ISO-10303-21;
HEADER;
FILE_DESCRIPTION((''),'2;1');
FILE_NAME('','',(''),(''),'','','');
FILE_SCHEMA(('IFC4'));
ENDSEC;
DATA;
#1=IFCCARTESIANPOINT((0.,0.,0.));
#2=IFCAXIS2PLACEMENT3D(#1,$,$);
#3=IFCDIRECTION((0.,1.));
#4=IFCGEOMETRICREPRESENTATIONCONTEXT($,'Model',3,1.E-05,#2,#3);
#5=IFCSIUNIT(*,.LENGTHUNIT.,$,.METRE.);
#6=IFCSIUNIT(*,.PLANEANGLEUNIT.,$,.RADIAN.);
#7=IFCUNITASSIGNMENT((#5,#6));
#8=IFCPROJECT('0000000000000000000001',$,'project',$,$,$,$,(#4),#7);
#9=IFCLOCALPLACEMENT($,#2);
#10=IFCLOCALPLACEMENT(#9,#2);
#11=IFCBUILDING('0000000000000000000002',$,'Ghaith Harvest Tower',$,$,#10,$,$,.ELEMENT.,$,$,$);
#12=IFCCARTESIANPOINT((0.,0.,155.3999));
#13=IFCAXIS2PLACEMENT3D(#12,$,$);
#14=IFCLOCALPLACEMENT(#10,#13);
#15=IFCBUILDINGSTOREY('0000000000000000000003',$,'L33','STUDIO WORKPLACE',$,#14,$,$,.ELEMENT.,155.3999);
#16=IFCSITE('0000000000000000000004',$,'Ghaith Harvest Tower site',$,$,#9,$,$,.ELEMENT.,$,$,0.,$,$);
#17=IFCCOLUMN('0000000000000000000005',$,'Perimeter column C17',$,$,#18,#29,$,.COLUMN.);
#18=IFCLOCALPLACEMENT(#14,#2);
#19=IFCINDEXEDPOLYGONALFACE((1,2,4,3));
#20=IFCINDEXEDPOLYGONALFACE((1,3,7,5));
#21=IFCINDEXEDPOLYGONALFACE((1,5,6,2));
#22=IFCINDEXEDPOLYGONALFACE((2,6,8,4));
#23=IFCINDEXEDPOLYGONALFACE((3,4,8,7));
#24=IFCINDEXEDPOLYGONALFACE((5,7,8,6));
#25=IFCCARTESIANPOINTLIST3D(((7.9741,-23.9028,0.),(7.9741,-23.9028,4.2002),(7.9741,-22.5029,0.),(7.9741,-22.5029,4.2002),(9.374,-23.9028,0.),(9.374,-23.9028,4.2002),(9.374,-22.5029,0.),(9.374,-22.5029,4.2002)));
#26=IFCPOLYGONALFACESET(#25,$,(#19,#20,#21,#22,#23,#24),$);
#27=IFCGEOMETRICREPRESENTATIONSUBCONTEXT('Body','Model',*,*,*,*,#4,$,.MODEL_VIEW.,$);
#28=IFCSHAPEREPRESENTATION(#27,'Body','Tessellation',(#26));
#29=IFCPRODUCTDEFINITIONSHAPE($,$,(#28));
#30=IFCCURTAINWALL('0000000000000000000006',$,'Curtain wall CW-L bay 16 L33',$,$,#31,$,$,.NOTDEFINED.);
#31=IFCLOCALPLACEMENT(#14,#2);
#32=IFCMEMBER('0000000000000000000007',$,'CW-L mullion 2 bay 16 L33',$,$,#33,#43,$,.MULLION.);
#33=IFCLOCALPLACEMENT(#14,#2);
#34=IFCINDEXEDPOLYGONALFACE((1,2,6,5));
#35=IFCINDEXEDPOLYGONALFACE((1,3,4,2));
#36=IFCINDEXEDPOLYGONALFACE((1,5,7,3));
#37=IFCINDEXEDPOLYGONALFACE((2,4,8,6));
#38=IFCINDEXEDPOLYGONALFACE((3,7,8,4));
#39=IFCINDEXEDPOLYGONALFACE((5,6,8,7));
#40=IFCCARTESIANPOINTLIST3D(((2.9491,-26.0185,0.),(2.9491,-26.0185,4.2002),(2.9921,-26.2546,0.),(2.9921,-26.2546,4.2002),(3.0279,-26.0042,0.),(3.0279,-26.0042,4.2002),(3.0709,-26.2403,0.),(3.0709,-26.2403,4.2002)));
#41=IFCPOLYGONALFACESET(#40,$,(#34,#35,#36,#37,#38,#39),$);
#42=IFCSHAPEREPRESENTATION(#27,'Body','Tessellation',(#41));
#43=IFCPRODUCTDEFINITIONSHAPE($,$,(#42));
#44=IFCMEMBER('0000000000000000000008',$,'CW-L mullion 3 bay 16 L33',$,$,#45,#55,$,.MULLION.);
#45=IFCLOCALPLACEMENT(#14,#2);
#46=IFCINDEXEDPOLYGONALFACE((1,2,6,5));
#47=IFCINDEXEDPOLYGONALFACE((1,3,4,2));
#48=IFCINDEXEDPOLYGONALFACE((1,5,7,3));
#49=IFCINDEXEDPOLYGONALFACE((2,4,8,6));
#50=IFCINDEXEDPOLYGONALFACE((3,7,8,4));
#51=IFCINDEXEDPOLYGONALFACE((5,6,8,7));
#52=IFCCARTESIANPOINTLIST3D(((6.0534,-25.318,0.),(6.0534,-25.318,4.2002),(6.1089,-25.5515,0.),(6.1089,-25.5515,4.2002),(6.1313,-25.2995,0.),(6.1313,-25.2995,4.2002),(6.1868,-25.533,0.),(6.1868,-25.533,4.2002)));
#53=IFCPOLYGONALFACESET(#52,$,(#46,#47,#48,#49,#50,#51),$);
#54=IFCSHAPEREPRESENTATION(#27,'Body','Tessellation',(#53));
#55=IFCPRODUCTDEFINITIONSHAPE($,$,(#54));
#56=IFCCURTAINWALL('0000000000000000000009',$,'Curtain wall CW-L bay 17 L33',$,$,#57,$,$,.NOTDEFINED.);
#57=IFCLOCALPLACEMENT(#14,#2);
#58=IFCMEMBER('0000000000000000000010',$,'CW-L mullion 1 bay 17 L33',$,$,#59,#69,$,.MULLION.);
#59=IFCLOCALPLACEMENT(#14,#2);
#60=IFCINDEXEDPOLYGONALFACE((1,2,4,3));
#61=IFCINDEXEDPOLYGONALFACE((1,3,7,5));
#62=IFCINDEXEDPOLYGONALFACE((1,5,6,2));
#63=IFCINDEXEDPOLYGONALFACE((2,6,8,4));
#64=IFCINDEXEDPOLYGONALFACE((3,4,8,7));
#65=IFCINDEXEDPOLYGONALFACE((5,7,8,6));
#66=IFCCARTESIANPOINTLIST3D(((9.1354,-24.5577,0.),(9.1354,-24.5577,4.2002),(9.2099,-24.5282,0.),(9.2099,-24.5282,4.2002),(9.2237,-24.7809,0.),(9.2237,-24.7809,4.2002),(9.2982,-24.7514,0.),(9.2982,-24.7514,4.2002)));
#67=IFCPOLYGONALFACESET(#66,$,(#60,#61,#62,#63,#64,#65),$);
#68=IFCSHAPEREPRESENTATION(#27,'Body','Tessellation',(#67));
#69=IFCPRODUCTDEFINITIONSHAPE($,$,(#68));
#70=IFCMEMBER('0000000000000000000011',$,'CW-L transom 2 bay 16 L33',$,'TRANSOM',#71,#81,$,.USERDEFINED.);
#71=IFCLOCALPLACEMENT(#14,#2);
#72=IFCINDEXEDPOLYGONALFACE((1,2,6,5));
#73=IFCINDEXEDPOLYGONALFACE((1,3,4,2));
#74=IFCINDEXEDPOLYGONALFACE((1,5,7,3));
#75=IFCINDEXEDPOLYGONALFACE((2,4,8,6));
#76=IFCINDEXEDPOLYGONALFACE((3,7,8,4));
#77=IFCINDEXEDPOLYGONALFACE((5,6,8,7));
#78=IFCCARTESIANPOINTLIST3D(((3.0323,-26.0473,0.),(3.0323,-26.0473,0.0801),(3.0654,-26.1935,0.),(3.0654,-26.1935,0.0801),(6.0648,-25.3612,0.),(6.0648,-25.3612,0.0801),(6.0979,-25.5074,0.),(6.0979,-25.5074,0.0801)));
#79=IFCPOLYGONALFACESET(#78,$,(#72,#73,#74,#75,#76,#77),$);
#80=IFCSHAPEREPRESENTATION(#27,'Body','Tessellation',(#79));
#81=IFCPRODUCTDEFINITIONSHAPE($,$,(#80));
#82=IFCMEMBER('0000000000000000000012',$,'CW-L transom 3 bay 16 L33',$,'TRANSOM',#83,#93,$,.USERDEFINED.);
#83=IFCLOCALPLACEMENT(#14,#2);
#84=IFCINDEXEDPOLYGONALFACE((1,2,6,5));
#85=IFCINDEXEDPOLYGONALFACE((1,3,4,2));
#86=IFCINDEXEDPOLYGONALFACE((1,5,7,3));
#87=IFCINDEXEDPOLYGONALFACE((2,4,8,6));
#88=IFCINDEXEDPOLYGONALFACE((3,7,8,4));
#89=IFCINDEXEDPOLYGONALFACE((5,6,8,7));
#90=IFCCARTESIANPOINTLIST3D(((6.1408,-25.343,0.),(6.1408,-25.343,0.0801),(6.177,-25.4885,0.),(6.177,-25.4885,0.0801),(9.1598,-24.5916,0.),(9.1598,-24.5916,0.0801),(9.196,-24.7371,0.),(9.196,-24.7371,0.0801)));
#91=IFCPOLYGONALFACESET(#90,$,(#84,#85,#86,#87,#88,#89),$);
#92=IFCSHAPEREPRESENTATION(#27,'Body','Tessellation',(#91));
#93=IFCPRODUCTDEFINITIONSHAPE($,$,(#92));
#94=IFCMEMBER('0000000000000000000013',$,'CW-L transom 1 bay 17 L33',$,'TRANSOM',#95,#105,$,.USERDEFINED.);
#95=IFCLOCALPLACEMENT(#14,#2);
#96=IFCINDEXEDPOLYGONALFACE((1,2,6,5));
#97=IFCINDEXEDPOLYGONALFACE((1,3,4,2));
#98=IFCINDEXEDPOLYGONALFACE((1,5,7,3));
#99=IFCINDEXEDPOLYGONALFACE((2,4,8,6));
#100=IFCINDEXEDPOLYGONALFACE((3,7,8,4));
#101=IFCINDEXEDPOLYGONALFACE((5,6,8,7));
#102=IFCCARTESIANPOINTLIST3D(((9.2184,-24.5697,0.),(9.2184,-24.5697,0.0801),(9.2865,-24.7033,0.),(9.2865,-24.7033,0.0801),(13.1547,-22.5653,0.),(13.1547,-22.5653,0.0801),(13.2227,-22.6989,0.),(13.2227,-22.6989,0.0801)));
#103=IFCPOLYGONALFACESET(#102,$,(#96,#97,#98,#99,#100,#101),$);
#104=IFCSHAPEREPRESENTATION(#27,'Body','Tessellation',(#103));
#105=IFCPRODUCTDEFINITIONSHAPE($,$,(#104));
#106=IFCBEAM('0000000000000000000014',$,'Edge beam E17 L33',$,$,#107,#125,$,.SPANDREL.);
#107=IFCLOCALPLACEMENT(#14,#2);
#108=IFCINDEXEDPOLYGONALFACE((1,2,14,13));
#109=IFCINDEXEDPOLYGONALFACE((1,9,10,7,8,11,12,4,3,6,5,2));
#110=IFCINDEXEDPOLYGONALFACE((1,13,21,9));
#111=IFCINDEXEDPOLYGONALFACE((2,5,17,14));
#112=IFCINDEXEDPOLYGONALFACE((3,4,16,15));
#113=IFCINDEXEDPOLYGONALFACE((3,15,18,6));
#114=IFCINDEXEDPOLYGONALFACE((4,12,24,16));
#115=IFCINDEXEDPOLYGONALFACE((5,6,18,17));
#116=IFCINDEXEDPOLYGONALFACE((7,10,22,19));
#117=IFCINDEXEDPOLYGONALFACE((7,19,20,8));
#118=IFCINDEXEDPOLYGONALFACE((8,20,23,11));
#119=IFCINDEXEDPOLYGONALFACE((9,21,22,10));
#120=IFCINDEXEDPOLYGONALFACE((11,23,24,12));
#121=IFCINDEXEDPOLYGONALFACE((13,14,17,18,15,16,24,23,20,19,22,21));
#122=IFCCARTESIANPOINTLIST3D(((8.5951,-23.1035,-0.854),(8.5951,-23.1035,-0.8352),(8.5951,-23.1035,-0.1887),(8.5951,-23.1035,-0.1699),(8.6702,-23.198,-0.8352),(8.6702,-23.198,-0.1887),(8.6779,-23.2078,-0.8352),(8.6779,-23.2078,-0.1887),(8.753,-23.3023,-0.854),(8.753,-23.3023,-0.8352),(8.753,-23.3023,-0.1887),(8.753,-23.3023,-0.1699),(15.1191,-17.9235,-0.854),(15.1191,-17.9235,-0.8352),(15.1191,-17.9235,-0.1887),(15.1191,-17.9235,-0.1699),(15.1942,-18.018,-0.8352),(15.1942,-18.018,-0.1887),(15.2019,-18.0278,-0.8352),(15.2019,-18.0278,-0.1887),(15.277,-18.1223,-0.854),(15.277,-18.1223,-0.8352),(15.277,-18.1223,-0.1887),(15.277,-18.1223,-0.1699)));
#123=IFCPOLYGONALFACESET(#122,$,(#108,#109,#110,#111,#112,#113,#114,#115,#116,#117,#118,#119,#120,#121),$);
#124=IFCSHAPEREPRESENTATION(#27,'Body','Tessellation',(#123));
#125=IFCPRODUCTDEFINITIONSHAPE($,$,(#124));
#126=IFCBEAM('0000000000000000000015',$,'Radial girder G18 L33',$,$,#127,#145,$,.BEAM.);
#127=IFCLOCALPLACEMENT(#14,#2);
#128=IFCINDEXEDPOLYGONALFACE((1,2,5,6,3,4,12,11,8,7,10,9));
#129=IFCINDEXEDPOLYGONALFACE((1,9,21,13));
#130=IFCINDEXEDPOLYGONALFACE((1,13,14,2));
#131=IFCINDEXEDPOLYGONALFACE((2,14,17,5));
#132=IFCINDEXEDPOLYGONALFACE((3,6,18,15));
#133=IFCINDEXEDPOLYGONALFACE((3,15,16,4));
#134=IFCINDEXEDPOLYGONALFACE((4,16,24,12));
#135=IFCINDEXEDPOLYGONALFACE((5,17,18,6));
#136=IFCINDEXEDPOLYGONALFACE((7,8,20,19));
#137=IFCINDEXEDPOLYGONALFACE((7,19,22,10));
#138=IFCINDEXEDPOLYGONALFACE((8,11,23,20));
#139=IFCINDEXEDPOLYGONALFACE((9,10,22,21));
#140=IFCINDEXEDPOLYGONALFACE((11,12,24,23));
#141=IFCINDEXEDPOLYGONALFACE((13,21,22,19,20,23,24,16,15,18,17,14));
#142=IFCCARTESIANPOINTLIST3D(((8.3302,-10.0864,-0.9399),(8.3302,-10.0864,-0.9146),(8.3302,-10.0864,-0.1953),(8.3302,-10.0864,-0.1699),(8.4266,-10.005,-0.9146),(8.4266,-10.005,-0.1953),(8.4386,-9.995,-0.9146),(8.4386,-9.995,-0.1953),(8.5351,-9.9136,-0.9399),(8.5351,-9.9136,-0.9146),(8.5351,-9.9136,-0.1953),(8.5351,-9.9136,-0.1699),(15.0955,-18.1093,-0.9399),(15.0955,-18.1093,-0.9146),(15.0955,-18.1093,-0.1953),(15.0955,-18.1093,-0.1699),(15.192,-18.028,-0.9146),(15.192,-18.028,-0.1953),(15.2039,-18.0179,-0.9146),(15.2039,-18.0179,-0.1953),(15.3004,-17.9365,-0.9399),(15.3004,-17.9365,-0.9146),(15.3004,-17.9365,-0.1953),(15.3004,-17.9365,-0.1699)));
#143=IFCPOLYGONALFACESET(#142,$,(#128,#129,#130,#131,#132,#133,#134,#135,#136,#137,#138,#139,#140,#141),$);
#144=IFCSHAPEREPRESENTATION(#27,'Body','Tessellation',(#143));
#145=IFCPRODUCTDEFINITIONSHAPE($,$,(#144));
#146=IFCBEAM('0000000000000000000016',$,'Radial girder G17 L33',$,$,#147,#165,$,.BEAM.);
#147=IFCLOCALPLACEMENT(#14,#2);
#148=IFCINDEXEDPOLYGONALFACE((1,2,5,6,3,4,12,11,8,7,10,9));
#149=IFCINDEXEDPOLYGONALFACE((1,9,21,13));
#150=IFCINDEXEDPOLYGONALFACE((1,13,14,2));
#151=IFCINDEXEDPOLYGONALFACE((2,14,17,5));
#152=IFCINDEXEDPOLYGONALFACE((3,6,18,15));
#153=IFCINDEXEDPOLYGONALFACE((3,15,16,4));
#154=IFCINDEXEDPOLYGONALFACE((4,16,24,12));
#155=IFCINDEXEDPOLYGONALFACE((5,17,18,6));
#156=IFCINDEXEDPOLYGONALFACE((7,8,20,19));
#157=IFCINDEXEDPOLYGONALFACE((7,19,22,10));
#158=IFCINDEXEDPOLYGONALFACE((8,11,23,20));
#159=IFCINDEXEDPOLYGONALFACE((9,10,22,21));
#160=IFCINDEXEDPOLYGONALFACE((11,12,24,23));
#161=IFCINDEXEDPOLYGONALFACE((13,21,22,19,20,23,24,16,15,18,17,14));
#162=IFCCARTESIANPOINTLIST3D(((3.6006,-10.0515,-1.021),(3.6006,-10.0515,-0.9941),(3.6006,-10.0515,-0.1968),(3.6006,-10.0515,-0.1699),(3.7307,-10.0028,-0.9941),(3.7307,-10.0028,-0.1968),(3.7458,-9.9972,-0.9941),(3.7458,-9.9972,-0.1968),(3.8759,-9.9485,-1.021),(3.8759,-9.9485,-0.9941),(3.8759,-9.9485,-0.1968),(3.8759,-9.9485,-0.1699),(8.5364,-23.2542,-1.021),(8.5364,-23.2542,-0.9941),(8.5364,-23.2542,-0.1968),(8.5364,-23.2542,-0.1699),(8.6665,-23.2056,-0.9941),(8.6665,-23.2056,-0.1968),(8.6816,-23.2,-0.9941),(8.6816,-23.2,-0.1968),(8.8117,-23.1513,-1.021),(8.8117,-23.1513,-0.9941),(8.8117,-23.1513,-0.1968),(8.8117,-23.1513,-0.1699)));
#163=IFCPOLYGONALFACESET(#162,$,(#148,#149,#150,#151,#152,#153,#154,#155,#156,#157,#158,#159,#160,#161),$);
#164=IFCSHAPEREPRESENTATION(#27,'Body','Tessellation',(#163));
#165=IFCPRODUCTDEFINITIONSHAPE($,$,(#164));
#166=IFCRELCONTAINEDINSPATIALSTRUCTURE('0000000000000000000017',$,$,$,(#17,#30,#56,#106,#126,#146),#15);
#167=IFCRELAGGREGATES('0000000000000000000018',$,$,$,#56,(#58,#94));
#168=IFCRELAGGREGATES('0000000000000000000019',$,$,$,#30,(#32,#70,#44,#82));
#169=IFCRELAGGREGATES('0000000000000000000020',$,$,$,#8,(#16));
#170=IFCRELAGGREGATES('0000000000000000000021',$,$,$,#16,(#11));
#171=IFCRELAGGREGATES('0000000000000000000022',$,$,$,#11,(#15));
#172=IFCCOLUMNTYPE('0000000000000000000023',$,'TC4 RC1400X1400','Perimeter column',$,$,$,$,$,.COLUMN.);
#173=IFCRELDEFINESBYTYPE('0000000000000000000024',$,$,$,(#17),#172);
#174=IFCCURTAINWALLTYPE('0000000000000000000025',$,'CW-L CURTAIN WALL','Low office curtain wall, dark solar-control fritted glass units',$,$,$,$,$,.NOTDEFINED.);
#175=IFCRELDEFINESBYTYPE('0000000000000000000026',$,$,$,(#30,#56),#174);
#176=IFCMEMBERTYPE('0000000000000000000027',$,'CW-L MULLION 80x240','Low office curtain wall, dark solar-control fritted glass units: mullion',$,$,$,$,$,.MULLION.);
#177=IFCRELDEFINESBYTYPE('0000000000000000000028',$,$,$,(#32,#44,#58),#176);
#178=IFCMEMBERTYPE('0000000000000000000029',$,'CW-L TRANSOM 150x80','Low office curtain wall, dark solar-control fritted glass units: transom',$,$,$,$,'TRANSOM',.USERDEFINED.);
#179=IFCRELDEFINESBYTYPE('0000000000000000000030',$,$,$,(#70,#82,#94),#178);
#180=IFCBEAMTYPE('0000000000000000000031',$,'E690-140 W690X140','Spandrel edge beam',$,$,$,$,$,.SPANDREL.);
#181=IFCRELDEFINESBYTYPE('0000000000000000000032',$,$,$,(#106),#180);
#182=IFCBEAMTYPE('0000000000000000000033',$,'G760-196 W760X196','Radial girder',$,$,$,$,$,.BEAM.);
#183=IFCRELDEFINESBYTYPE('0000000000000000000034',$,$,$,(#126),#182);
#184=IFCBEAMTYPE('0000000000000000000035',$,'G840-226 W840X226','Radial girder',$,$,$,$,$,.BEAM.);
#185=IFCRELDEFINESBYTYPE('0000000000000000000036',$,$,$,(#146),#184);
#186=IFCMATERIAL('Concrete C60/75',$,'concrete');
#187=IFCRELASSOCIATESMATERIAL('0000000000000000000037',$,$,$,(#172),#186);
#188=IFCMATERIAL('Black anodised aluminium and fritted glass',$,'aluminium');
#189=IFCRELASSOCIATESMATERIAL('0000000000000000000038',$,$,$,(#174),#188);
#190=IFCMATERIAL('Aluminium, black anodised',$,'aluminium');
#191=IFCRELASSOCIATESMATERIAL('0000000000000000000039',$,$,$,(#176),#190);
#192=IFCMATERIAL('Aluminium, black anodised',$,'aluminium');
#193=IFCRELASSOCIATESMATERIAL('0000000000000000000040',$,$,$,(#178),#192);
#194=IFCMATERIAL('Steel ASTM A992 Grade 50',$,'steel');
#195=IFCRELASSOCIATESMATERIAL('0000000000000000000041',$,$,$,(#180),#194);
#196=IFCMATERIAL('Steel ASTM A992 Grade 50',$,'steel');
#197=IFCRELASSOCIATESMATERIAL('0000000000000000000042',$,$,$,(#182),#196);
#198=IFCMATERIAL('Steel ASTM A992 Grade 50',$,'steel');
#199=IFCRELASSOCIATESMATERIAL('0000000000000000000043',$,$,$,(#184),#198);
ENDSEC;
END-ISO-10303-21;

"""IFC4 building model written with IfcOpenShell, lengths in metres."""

from ifc_helpers import new_model, si_unit, direction, frame, origin, origin_2d, place, context, subcontext, project, spatial, rectangle, i_section, extrude, material, material_profile, profile_set, type_object, element, aggregate, save


model = new_model("IFC4")

# Units and contexts
model_context = context("Model", 3, precision=1e-05, world=origin(), true_north=direction((0.0, 1.0)))
body_context = subcontext(model_context, "Body", "Model", "MODEL_VIEW")
ifc_project = project(units=[si_unit("LENGTHUNIT", "METRE"), si_unit("PLANEANGLEUNIT", "RADIAN")], contexts=[model_context])

# Site, building, storey
site_placement = place(None, origin())
site = spatial("IfcSite", under=ifc_project, at=site_placement, Name="Ghaith Harvest Tower site", CompositionType="ELEMENT", RefElevation=0.0)
building_placement = place(site_placement, origin())
building = spatial("IfcBuilding", under=site, at=building_placement, Name="Ghaith Harvest Tower", CompositionType="ELEMENT")
storey_placement = place(building_placement, frame((0.0, 0.0, 155.3999)))
storey = spatial("IfcBuildingStorey", under=building, at=storey_placement, Name="L33", Description="STUDIO WORKPLACE", CompositionType="ELEMENT", Elevation=155.3999)

# Column
ifc_material_1 = material(Name="Concrete C60/75", Category="concrete")
ifc_material_profile_1 = material_profile(ifc_material_1, rectangle(XDim=1.3999, YDim=1.3999, at=origin_2d()), Name="RC1400X1400")
ifc_profile_set_1 = profile_set([ifc_material_profile_1], Name="Concrete C60/75")
column_type = type_object("IfcColumnType", Name="TC4 RC1400X1400", Description="Perimeter column", PredefinedType="COLUMN", material=ifc_profile_set_1)
column_placement = place(storey_placement, frame((8.6741, -23.2029, 0.0), z_axis=(0.0, 0.0, 1.0), x_axis=(1.0, 0.0, 0.0)))
element("IfcColumn", 1, at=column_placement, inside=storey, type_object=column_type, Name="Perimeter column C17", PredefinedType="COLUMN", context=body_context, shape_type="SweptSolid", body=[
    extrude(rectangle(XDim=1.3999, YDim=1.3999, at=origin_2d()), origin(), (0.0, 0.0, 1.0), 4.2002),
])

# Curtain wall, members
ifc_material_2 = material(Name="Black anodised aluminium and fritted glass", Category="aluminium")
curtain_wall_type = type_object("IfcCurtainWallType", Name="CW-L CURTAIN WALL", Description="Low office curtain wall, dark solar-control fritted glass units", PredefinedType="NOTDEFINED", material=ifc_material_2)
curtain_wall_1_placement = place(storey_placement, origin())
curtain_wall_1 = element("IfcCurtainWall", 2, at=curtain_wall_1_placement, inside=storey, type_object=curtain_wall_type, Name="Curtain wall CW-L bay 16 L33", PredefinedType="NOTDEFINED")
ifc_material_3 = material(Name="Aluminium, black anodised", Category="aluminium")
ifc_material_profile_2 = material_profile(ifc_material_3, rectangle(XDim=0.0801, YDim=0.24, at=origin_2d()), Name="CW-L MULLION 80x240")
ifc_profile_set_2 = profile_set([ifc_material_profile_2], Name="Aluminium, black anodised")
member_type_1 = type_object("IfcMemberType", Name="CW-L MULLION 80x240", Description="Low office curtain wall, dark solar-control fritted glass units: mullion", PredefinedType="MULLION", material=ifc_profile_set_2)
member_1_placement = place(storey_placement, frame((3.01, -26.1294, 0.0), z_axis=(0.0, 0.0, 1.0), x_axis=(0.983806, 0.179235, 0.0)))
member_1 = element("IfcMember", 3, at=member_1_placement, type_object=member_type_1, Name="CW-L mullion 2 bay 16 L33", PredefinedType="MULLION", context=body_context, shape_type="SweptSolid", body=[
    extrude(rectangle(XDim=0.0801, YDim=0.24, at=origin_2d()), origin(), (0.0, 0.0, 1.0), 4.2002),
])
member_2_placement = place(storey_placement, frame((6.1201, -25.4255, 0.0), z_axis=(0.0, 0.0, 1.0), x_axis=(0.972918, 0.23115, 0.0)))
member_2 = element("IfcMember", 4, at=member_2_placement, type_object=member_type_1, Name="CW-L mullion 3 bay 16 L33", PredefinedType="MULLION", context=body_context, shape_type="SweptSolid", body=[
    extrude(rectangle(XDim=0.0801, YDim=0.24, at=origin_2d()), origin(), (0.0, 0.0, 1.0), 4.2002),
])

# Curtain wall, member
curtain_wall_2_placement = place(storey_placement, origin())
curtain_wall_2 = element("IfcCurtainWall", 5, at=curtain_wall_2_placement, inside=storey, type_object=curtain_wall_type, Name="Curtain wall CW-L bay 17 L33", PredefinedType="NOTDEFINED")
member_3_placement = place(storey_placement, frame((9.2168, -24.6545, 0.0), z_axis=(0.0, 0.0, 1.0), x_axis=(0.929832, 0.367985, 0.0)))
member_3 = element("IfcMember", 6, at=member_3_placement, type_object=member_type_1, Name="CW-L mullion 1 bay 17 L33", PredefinedType="MULLION", context=body_context, shape_type="SweptSolid", body=[
    extrude(rectangle(XDim=0.0801, YDim=0.24, at=origin_2d()), origin(), (0.0, 0.0, 1.0), 4.2002),
])

# Members
ifc_material_4 = material(Name="Aluminium, black anodised", Category="aluminium")
ifc_material_profile_3 = material_profile(ifc_material_4, rectangle(XDim=0.1499, YDim=0.0801, at=origin_2d()), Name="CW-L TRANSOM 150x80")
ifc_profile_set_3 = profile_set([ifc_material_profile_3], Name="Aluminium, black anodised")
member_type_2 = type_object("IfcMemberType", Name="CW-L TRANSOM 150x80", Description="Low office curtain wall, dark solar-control fritted glass units: transom", ElementType="TRANSOM", PredefinedType="USERDEFINED", material=ifc_profile_set_3)
member_4_placement = place(storey_placement, frame((3.0488, -26.1204, 0.04), z_axis=(0.975352, 0.220654, 0.0), x_axis=(-0.220654, 0.975352, 0.0)))
member_4 = element("IfcMember", 7, at=member_4_placement, type_object=member_type_2, Name="CW-L transom 2 bay 16 L33", ObjectType="TRANSOM", PredefinedType="USERDEFINED", context=body_context, shape_type="SweptSolid", body=[
    extrude(rectangle(XDim=0.1499, YDim=0.0801, at=origin_2d()), origin(), (0.0, 0.0, 1.0), 3.1091),
])
member_5_placement = place(storey_placement, frame((6.1589, -25.4158, 0.04), z_axis=(0.970391, 0.241538, 0.0), x_axis=(-0.241538, 0.970391, 0.0)))
member_5 = element("IfcMember", 8, at=member_5_placement, type_object=member_type_2, Name="CW-L transom 3 bay 16 L33", ObjectType="TRANSOM", PredefinedType="USERDEFINED", context=body_context, shape_type="SweptSolid", body=[
    extrude(rectangle(XDim=0.1499, YDim=0.0801, at=origin_2d()), origin(), (0.0, 0.0, 1.0), 3.1111),
])
member_6_placement = place(storey_placement, frame((9.2524, -24.6365, 0.04), z_axis=(0.89112, 0.453768, 0.0), x_axis=(-0.453768, 0.89112, 0.0)))
member_6 = element("IfcMember", 9, at=member_6_placement, type_object=member_type_2, Name="CW-L transom 1 bay 17 L33", ObjectType="TRANSOM", PredefinedType="USERDEFINED", context=body_context, shape_type="SweptSolid", body=[
    extrude(rectangle(XDim=0.1499, YDim=0.0801, at=origin_2d()), origin(), (0.0, 0.0, 1.0), 4.4172),
])
aggregate(curtain_wall_2, [member_3, member_6])

# Beams
ifc_material_5 = material(Name="Steel ASTM A992 Grade 50", Category="steel")
ifc_material_profile_4 = material_profile(ifc_material_5, i_section(OverallWidth=0.2539, OverallDepth=0.6841, WebThickness=0.0125, FlangeThickness=0.0188, at=origin_2d()), Name="W690X140")
ifc_profile_set_4 = profile_set([ifc_material_profile_4], Name="Steel ASTM A992 Grade 50")
beam_type_1 = type_object("IfcBeamType", Name="E690-140 W690X140", Description="Spandrel edge beam", PredefinedType="SPANDREL", material=ifc_profile_set_4)
beam_1_placement = place(storey_placement, frame((8.6741, -23.2029, -0.512), z_axis=(0.78316, 0.621821, 0.0), x_axis=(-0.621821, 0.78316, 0.0)))
element("IfcBeam", 10, at=beam_1_placement, inside=storey, type_object=beam_type_1, Name="Edge beam E17 L33", PredefinedType="SPANDREL", context=body_context, shape_type="SweptSolid", body=[
    extrude(i_section(OverallWidth=0.2539, OverallDepth=0.6841, WebThickness=0.0125, FlangeThickness=0.0188, at=origin_2d()), origin(), (0.0, 0.0, 1.0), 8.3303),
])
ifc_material_6 = material(Name="Steel ASTM A992 Grade 50", Category="steel")
ifc_material_profile_5 = material_profile(ifc_material_6, i_section(OverallWidth=0.2681, OverallDepth=0.77, WebThickness=0.0156, FlangeThickness=0.0254, at=origin_2d()), Name="W760X196")
ifc_profile_set_5 = profile_set([ifc_material_profile_5], Name="Steel ASTM A992 Grade 50")
beam_type_2 = type_object("IfcBeamType", Name="G760-196 W760X196", Description="Radial girder", PredefinedType="BEAM", material=ifc_profile_set_5)
beam_2_placement = place(storey_placement, frame((8.4326, -10.0, -0.5549), z_axis=(0.644649, -0.764478, 0.0), x_axis=(0.764478, 0.644649, 0.0)))
element("IfcBeam", 11, at=beam_2_placement, inside=storey, type_object=beam_type_2, Name="Radial girder G18 L33", PredefinedType="BEAM", context=body_context, shape_type="SweptSolid", body=[
    extrude(i_section(OverallWidth=0.2681, OverallDepth=0.77, WebThickness=0.0156, FlangeThickness=0.0254, at=origin_2d()), origin(), (0.0, 0.0, 1.0), 10.4946),
])
ifc_material_7 = material(Name="Steel ASTM A992 Grade 50", Category="steel")
ifc_material_profile_6 = material_profile(ifc_material_7, i_section(OverallWidth=0.2939, OverallDepth=0.8511, WebThickness=0.0161, FlangeThickness=0.0269, at=origin_2d()), Name="W840X226")
ifc_profile_set_6 = profile_set([ifc_material_profile_6], Name="Steel ASTM A992 Grade 50")
beam_type_3 = type_object("IfcBeamType", Name="G840-226 W840X226", Description="Radial girder", PredefinedType="BEAM", material=ifc_profile_set_6)
beam_3_placement = place(storey_placement, frame((3.7383, -10.0, -0.5955), z_axis=(0.350172, -0.936685, 0.0), x_axis=(0.936685, 0.350172, 0.0)))
element("IfcBeam", 12, at=beam_3_placement, inside=storey, type_object=beam_type_3, Name="Radial girder G17 L33", PredefinedType="BEAM", context=body_context, shape_type="SweptSolid", body=[
    extrude(i_section(OverallWidth=0.2939, OverallDepth=0.8511, WebThickness=0.0161, FlangeThickness=0.0269, at=origin_2d()), origin(), (0.0, 0.0, 1.0), 14.0952),
])

aggregate(curtain_wall_1, [member_1, member_4, member_2, member_5])

save(model, "model.ifc")
